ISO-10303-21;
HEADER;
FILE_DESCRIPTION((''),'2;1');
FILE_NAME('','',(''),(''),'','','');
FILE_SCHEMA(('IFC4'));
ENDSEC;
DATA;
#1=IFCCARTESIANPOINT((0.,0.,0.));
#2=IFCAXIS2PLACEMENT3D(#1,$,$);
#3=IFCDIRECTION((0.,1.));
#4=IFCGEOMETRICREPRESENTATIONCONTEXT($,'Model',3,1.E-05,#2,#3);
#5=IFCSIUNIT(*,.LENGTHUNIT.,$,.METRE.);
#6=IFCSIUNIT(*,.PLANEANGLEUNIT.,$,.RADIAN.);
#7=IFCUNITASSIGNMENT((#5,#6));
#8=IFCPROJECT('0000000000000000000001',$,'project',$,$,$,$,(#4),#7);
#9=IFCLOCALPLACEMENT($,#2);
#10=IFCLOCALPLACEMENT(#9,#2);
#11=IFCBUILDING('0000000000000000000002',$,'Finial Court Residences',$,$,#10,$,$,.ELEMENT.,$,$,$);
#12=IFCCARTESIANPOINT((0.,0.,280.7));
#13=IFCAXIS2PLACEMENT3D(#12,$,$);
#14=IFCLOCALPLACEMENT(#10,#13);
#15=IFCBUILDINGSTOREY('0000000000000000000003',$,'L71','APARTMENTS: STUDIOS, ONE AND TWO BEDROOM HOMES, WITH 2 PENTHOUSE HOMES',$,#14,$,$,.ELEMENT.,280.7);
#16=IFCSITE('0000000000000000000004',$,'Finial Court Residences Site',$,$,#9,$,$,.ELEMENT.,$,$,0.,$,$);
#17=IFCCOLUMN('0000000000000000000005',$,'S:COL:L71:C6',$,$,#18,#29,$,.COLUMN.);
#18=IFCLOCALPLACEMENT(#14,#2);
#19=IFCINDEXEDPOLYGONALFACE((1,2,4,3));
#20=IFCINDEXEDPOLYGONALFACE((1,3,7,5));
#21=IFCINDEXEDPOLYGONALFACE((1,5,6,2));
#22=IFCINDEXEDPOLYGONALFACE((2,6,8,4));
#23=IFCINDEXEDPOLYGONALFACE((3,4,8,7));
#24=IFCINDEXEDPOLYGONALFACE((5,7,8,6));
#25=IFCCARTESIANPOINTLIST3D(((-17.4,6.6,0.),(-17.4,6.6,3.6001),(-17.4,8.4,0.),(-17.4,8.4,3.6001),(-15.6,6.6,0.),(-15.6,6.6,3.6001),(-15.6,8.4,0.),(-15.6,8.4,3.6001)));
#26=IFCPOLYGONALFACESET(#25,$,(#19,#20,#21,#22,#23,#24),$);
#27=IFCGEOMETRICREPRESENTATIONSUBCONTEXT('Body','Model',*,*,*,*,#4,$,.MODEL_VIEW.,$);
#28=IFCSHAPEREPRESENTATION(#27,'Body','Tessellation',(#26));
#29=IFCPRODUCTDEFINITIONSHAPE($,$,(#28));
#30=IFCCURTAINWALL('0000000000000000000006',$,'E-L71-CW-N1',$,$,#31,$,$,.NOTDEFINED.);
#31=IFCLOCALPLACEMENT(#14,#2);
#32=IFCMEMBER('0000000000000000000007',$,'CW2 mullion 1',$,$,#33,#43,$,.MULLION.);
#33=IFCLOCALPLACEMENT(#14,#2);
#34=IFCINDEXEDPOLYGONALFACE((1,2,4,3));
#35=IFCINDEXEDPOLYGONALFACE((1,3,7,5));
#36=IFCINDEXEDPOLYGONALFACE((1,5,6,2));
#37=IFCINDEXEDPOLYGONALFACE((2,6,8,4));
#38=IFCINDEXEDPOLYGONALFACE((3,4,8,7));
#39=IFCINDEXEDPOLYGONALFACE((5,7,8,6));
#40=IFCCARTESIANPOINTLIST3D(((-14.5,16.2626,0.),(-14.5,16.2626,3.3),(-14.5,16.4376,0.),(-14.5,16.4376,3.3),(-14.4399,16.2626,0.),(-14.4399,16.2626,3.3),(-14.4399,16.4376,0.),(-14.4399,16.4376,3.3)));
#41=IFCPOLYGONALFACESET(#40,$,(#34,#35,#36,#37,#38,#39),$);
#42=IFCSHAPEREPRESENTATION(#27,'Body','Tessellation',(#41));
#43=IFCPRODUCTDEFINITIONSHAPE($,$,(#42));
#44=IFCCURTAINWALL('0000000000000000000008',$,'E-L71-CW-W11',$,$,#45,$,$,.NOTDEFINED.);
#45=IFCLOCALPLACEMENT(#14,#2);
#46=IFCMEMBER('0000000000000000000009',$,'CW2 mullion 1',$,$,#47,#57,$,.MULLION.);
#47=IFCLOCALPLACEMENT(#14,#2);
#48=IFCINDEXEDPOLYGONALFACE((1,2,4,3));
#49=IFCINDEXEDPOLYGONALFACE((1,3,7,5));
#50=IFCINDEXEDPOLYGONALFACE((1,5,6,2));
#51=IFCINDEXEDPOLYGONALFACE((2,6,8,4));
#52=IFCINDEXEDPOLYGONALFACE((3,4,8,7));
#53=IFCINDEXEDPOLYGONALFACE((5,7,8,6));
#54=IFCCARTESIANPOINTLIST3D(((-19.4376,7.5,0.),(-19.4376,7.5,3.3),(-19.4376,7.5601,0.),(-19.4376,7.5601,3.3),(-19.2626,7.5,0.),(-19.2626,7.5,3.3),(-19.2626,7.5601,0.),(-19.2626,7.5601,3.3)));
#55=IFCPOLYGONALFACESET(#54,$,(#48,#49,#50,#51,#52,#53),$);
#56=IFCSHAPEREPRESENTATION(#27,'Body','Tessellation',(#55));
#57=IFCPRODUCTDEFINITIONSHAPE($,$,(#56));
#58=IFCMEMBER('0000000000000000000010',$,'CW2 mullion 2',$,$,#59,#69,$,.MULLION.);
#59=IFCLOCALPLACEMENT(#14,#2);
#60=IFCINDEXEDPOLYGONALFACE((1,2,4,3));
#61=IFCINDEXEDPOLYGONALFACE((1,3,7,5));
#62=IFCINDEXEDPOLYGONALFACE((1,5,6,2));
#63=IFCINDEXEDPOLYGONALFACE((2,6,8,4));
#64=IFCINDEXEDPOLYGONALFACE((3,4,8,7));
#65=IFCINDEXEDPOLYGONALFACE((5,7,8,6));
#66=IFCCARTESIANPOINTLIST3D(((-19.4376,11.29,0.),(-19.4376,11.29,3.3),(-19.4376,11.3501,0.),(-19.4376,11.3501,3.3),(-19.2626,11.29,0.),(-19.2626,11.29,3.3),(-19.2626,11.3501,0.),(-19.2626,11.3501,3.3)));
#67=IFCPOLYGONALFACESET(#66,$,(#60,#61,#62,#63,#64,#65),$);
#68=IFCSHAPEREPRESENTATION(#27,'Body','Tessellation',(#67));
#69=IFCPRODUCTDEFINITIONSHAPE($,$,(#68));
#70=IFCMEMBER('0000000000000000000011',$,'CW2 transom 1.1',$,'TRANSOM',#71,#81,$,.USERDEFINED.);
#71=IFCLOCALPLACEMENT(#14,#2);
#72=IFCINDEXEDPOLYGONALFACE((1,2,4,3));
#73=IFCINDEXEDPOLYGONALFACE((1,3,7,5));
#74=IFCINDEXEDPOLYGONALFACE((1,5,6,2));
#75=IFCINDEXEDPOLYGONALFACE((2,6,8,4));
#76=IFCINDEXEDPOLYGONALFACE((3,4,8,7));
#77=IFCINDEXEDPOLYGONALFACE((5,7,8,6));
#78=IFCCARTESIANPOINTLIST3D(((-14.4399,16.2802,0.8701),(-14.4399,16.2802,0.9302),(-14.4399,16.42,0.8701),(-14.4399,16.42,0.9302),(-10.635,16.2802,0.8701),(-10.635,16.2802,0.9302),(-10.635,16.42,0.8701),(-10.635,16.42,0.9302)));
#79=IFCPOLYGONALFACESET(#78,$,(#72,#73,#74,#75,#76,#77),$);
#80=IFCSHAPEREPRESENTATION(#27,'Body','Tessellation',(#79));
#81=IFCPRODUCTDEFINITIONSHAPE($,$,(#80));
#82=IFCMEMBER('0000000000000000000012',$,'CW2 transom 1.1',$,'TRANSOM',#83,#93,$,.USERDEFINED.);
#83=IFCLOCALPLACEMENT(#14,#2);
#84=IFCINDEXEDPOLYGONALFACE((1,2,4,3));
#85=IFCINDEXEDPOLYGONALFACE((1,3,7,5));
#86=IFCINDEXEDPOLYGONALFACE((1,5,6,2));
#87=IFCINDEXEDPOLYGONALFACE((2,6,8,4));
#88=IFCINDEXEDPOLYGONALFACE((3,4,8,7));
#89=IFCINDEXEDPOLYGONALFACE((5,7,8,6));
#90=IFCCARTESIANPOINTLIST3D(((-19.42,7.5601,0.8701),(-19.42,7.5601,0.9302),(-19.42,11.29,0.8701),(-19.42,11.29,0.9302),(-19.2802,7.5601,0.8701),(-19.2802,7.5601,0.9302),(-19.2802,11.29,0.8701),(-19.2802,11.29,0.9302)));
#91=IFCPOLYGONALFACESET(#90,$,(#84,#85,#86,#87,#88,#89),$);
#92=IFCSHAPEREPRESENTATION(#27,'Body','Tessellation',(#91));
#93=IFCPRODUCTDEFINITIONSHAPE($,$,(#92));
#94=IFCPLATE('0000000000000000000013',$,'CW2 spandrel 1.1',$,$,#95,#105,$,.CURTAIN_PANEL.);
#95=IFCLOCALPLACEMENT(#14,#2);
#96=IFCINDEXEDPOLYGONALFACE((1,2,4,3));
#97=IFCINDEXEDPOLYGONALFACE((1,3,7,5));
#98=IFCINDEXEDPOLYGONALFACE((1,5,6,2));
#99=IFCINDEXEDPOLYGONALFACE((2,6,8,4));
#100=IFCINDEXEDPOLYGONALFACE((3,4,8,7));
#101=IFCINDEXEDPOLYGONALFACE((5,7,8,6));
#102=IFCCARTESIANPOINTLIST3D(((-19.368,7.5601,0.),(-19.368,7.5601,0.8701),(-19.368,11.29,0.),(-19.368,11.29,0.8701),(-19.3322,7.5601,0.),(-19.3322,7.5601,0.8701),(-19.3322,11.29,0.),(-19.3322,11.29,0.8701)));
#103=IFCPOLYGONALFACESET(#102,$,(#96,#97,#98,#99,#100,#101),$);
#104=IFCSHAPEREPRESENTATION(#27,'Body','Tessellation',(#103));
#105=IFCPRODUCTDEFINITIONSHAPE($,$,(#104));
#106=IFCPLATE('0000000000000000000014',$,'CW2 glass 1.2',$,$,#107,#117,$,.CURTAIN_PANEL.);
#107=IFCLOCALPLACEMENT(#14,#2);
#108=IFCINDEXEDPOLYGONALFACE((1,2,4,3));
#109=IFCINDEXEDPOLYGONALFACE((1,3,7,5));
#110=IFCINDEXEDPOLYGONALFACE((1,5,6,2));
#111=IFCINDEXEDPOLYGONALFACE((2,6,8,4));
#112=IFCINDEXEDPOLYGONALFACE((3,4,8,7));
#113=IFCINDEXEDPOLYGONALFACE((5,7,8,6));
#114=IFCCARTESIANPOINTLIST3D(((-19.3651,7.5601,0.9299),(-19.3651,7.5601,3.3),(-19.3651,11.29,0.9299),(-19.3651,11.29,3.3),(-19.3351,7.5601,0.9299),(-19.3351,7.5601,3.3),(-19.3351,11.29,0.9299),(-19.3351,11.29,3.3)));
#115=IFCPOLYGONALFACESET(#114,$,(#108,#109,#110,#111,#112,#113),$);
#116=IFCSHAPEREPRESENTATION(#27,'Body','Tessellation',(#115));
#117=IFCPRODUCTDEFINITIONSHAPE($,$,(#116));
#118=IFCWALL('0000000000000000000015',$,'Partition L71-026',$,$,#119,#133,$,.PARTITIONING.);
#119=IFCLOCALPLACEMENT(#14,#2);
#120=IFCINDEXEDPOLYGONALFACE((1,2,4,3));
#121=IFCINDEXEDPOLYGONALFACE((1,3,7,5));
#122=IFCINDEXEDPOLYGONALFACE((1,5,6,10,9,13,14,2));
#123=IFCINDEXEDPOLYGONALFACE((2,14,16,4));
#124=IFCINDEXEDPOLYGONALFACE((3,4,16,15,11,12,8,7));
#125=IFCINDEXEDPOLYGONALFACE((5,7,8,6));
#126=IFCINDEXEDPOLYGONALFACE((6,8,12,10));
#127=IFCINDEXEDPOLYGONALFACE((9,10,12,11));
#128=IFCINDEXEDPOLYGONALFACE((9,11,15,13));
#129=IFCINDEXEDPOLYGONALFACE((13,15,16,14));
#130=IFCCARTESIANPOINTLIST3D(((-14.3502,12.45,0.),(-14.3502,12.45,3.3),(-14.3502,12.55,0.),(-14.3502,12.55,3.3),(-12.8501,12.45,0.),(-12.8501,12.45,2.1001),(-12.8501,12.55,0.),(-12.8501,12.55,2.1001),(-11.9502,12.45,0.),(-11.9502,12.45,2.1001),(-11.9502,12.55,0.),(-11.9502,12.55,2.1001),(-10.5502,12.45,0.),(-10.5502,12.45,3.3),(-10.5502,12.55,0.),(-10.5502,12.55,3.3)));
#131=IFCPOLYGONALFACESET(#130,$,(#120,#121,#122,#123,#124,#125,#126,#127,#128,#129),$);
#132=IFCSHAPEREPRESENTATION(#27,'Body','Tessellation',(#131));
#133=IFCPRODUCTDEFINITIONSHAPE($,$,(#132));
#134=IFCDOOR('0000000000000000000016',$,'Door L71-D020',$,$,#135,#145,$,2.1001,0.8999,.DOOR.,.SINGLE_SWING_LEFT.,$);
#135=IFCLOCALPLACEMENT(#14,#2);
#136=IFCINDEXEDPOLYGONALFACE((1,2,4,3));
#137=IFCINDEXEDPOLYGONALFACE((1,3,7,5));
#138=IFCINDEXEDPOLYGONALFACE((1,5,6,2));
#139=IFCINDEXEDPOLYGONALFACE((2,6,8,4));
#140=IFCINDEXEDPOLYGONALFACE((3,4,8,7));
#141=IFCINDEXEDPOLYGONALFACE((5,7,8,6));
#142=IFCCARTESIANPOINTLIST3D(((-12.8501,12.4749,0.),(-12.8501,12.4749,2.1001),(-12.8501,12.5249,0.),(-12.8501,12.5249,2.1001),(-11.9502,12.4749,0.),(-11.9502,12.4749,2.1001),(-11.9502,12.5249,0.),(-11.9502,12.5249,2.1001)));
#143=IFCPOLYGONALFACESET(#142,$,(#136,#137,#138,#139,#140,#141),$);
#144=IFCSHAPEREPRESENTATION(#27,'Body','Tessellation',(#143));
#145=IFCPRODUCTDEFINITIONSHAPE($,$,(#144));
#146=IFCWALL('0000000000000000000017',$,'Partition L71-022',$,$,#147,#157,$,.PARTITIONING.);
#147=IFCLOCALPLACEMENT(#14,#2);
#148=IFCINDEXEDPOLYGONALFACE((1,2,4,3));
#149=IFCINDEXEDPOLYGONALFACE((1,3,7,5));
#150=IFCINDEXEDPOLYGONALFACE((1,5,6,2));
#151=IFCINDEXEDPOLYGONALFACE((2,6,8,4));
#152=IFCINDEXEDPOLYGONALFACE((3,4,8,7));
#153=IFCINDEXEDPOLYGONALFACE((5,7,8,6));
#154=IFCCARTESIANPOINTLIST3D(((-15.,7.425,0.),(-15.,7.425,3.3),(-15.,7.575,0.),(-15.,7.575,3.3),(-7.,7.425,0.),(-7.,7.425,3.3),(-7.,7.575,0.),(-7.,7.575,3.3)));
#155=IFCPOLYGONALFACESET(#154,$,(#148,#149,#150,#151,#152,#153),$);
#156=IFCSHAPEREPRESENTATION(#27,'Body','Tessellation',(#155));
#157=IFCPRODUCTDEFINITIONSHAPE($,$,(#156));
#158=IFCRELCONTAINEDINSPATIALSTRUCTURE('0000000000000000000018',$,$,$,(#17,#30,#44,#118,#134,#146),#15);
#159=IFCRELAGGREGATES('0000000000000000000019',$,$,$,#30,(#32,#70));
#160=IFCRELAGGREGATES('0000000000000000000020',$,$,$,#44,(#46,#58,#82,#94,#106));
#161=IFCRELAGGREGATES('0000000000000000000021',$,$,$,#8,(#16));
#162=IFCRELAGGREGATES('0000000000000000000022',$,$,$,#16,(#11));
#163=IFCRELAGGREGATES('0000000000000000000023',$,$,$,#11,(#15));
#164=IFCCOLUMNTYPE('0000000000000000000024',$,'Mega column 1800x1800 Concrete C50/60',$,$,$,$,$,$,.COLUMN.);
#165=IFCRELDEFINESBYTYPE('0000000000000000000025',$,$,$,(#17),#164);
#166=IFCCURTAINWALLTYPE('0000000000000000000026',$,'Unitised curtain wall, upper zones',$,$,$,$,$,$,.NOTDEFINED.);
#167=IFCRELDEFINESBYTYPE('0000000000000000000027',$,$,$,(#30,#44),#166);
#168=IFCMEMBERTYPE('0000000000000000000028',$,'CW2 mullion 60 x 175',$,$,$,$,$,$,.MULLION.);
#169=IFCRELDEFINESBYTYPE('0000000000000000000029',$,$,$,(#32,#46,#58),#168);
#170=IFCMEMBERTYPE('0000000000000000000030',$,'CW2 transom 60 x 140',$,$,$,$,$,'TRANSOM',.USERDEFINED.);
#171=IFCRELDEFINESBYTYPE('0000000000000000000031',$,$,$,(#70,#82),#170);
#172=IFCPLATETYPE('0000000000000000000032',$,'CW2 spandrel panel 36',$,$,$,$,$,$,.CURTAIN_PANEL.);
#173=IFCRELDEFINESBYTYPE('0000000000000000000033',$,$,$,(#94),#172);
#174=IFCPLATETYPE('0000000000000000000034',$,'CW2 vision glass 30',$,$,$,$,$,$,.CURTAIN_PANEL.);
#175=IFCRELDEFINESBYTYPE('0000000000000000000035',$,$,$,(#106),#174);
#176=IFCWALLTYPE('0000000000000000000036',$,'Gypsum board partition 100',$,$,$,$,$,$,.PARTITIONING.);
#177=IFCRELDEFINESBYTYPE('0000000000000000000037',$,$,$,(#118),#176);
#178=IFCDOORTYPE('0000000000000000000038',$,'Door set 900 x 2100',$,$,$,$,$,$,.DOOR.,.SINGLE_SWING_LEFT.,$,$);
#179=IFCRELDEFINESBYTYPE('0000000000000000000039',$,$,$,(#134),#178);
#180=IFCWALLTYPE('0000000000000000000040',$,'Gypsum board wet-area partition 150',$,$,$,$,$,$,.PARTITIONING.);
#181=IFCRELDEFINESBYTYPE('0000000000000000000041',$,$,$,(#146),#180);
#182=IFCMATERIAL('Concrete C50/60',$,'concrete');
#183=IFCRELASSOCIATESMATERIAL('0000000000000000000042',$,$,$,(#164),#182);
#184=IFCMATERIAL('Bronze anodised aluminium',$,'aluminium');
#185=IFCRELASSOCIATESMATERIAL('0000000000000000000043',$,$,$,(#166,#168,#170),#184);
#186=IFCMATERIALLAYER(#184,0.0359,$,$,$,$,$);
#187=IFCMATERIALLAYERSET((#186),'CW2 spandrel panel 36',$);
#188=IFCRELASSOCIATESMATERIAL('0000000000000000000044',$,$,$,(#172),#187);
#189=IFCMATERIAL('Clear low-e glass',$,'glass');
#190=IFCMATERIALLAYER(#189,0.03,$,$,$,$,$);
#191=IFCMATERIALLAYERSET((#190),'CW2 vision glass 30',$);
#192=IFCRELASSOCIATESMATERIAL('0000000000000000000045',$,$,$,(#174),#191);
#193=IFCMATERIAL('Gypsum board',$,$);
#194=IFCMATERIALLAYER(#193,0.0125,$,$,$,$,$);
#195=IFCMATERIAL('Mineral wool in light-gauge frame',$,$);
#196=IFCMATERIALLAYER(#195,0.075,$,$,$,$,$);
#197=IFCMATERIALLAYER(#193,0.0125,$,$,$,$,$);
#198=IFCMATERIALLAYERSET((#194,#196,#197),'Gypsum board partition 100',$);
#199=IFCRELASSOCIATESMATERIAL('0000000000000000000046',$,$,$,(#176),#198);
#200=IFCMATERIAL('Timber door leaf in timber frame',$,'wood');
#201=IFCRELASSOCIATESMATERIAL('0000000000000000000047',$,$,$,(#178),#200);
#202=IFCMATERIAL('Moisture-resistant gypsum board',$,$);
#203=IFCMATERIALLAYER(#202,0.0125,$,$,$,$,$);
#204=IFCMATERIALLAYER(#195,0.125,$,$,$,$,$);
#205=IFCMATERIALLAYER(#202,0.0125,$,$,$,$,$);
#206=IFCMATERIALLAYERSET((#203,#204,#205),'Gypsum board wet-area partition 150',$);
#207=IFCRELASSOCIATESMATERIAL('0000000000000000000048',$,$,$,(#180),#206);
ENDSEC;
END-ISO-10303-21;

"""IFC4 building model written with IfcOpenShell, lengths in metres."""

from ifc_helpers import new_model, si_unit, direction, frame, frame_2d, origin, origin_2d, place, context, subcontext, project, spatial, rectangle, extrude, material, layer, layer_set, material_profile, profile_set, type_object, element, fill, aggregate, save


model = new_model("IFC4")

# Units and contexts
model_context = context("Model", 3, precision=1e-05, world=origin(), true_north=direction((0.0, 1.0)))
body_context = subcontext(model_context, "Body", "Model", "MODEL_VIEW")
ifc_project = project(units=[si_unit("LENGTHUNIT", "METRE"), si_unit("PLANEANGLEUNIT", "RADIAN")], contexts=[model_context])

# Site, building, storey
site_placement = place(None, origin())
site = spatial("IfcSite", under=ifc_project, at=site_placement, Name="Finial Court Residences Site", CompositionType="ELEMENT", RefElevation=0.0)
building_placement = place(site_placement, origin())
building = spatial("IfcBuilding", under=site, at=building_placement, Name="Finial Court Residences", CompositionType="ELEMENT")
storey_placement = place(building_placement, frame((0.0, 0.0, 280.7)))
storey = spatial("IfcBuildingStorey", under=building, at=storey_placement, Name="L71", Description="APARTMENTS: STUDIOS, ONE AND TWO BEDROOM HOMES, WITH 2 PENTHOUSE HOMES", CompositionType="ELEMENT", Elevation=280.7)

# Column
ifc_material_1 = material(Name="Concrete C50/60", Category="concrete")
ifc_material_profile_1 = material_profile(ifc_material_1, rectangle(XDim=1.8, YDim=1.8, at=origin_2d()), Name="1800x1800")
ifc_profile_set_1 = profile_set([ifc_material_profile_1], Name="Concrete C50/60")
column_type = type_object("IfcColumnType", Name="Mega column 1800x1800 Concrete C50/60", PredefinedType="COLUMN", material=ifc_profile_set_1)
column_placement = place(storey_placement, frame((-16.5, 7.5, 0.0), z_axis=(0.0, 0.0, 1.0), x_axis=(1.0, 0.0, 0.0)))
element("IfcColumn", 1, at=column_placement, inside=storey, type_object=column_type, Name="S:COL:L71:C6", PredefinedType="COLUMN", context=body_context, shape_type="SweptSolid", body=[
    extrude(rectangle(XDim=1.8, YDim=1.8, at=origin_2d()), origin(), (0.0, 0.0, 1.0), 3.6001),
])

# Curtain wall, member
ifc_material_2 = material(Name="Bronze anodised aluminium", Category="aluminium")
curtain_wall_type = type_object("IfcCurtainWallType", Name="Unitised curtain wall, upper zones", PredefinedType="NOTDEFINED", material=ifc_material_2)
curtain_wall_1_placement = place(storey_placement, origin())
curtain_wall_1 = element("IfcCurtainWall", 2, at=curtain_wall_1_placement, inside=storey, type_object=curtain_wall_type, Name="E-L71-CW-N1", PredefinedType="NOTDEFINED")
ifc_material_profile_2 = material_profile(ifc_material_2, rectangle(XDim=0.175, YDim=0.0601, at=origin_2d()), Name="CW2 mullion 60 x 175")
ifc_profile_set_2 = profile_set([ifc_material_profile_2], Name="Bronze anodised aluminium")
member_type_1 = type_object("IfcMemberType", Name="CW2 mullion 60 x 175", PredefinedType="MULLION", material=ifc_profile_set_2)
member_1_placement = place(storey_placement, frame((-14.47, 16.3501, 0.0), z_axis=(0.0, 0.0, 1.0), x_axis=(0.0, 1.0, 0.0)))
member_1 = element("IfcMember", 3, at=member_1_placement, type_object=member_type_1, Name="CW2 mullion 1", PredefinedType="MULLION", context=body_context, shape_type="SweptSolid", body=[
    extrude(rectangle(XDim=0.175, YDim=0.0601, at=origin_2d()), origin(), (0.0, 0.0, 1.0), 3.3),
])

# Curtain wall, members
curtain_wall_2_placement = place(storey_placement, origin())
curtain_wall_2 = element("IfcCurtainWall", 4, at=curtain_wall_2_placement, inside=storey, type_object=curtain_wall_type, Name="E-L71-CW-W11", PredefinedType="NOTDEFINED")
member_2_placement = place(storey_placement, frame((-19.3501, 7.53, 0.0), z_axis=(0.0, 0.0, 1.0), x_axis=(-1.0, 0.0, 0.0)))
member_2 = element("IfcMember", 5, at=member_2_placement, type_object=member_type_1, Name="CW2 mullion 1", PredefinedType="MULLION", context=body_context, shape_type="SweptSolid", body=[
    extrude(rectangle(XDim=0.175, YDim=0.0601, at=origin_2d()), origin(), (0.0, 0.0, 1.0), 3.3),
])
member_3_placement = place(storey_placement, frame((-19.3501, 11.3201, 0.0), z_axis=(0.0, 0.0, 1.0), x_axis=(-1.0, 0.0, 0.0)))
member_3 = element("IfcMember", 6, at=member_3_placement, type_object=member_type_1, Name="CW2 mullion 2", PredefinedType="MULLION", context=body_context, shape_type="SweptSolid", body=[
    extrude(rectangle(XDim=0.175, YDim=0.0601, at=origin_2d()), origin(), (0.0, 0.0, 1.0), 3.3),
])

# Members
ifc_material_profile_3 = material_profile(ifc_material_2, rectangle(XDim=0.1399, YDim=0.0601, at=origin_2d()), Name="CW2 transom 60 x 140")
ifc_profile_set_3 = profile_set([ifc_material_profile_3], Name="Bronze anodised aluminium")
member_type_2 = type_object("IfcMemberType", Name="CW2 transom 60 x 140", ElementType="TRANSOM", PredefinedType="USERDEFINED", material=ifc_profile_set_3)
member_4_placement = place(storey_placement, frame((-14.4399, 16.3501, 0.9001), z_axis=(1.0, 0.0, 0.0), x_axis=(0.0, 1.0, 0.0)))
member_4 = element("IfcMember", 7, at=member_4_placement, type_object=member_type_2, Name="CW2 transom 1.1", ObjectType="TRANSOM", PredefinedType="USERDEFINED", context=body_context, shape_type="SweptSolid", body=[
    extrude(rectangle(XDim=0.1399, YDim=0.0601, at=origin_2d()), origin(), (0.0, 0.0, 1.0), 3.8049),
])
aggregate(curtain_wall_1, [member_1, member_4])
member_5_placement = place(storey_placement, frame((-19.3501, 7.5601, 0.9001), z_axis=(0.0, 1.0, 0.0), x_axis=(-1.0, 0.0, 0.0)))
member_5 = element("IfcMember", 8, at=member_5_placement, type_object=member_type_2, Name="CW2 transom 1.1", ObjectType="TRANSOM", PredefinedType="USERDEFINED", context=body_context, shape_type="SweptSolid", body=[
    extrude(rectangle(XDim=0.1399, YDim=0.0601, at=origin_2d()), origin(), (0.0, 0.0, 1.0), 3.73),
])

# Plates
ifc_layer_1 = layer(ifc_material_2, 0.0359)
ifc_layer_set_1 = layer_set([ifc_layer_1], Name="CW2 spandrel panel 36")
plate_type_1 = type_object("IfcPlateType", Name="CW2 spandrel panel 36", PredefinedType="CURTAIN_PANEL", material=ifc_layer_set_1)
plate_1_placement = place(storey_placement, frame((-19.3501, 9.425, 0.0), z_axis=(0.0, 0.0, 1.0), x_axis=(0.0, 1.0, 0.0)))
plate_1 = element("IfcPlate", 9, at=plate_1_placement, type_object=plate_type_1, Name="CW2 spandrel 1.1", PredefinedType="CURTAIN_PANEL", context=body_context, shape_type="SweptSolid", body=[
    extrude(rectangle(XDim=3.73, YDim=0.0359, at=origin_2d()), origin(), (0.0, 0.0, 1.0), 0.8701),
])
ifc_material_3 = material(Name="Clear low-e glass", Category="glass")
ifc_layer_2 = layer(ifc_material_3, 0.03)
ifc_layer_set_2 = layer_set([ifc_layer_2], Name="CW2 vision glass 30")
plate_type_2 = type_object("IfcPlateType", Name="CW2 vision glass 30", PredefinedType="CURTAIN_PANEL", material=ifc_layer_set_2)
plate_2_placement = place(storey_placement, frame((-19.3501, 9.425, 0.9299), z_axis=(0.0, 0.0, 1.0), x_axis=(0.0, 1.0, 0.0)))
plate_2 = element("IfcPlate", 10, at=plate_2_placement, type_object=plate_type_2, Name="CW2 glass 1.2", PredefinedType="CURTAIN_PANEL", context=body_context, shape_type="SweptSolid", body=[
    extrude(rectangle(XDim=3.73, YDim=0.03, at=origin_2d()), origin(), (0.0, 0.0, 1.0), 2.3701),
])
aggregate(curtain_wall_2, [member_2, member_3, member_5, plate_1, plate_2])

# Wall, opening, door
ifc_material_4 = material(Name="Gypsum board")
ifc_layer_3 = layer(ifc_material_4, 0.0125)
ifc_material_5 = material(Name="Mineral wool in light-gauge frame")
ifc_layer_4 = layer(ifc_material_5, 0.075)
ifc_layer_5 = layer(ifc_material_4, 0.0125)
ifc_layer_set_3 = layer_set([ifc_layer_3, ifc_layer_4, ifc_layer_5], Name="Gypsum board partition 100")
wall_type_1 = type_object("IfcWallType", Name="Gypsum board partition 100", PredefinedType="PARTITIONING", material=ifc_layer_set_3)
wall_1_placement = place(storey_placement, frame((-14.3501, 12.5, 0.0), z_axis=(0.0, 0.0, 1.0), x_axis=(1.0, 0.0, 0.0)))
wall_1 = element("IfcWall", 11, at=wall_1_placement, inside=storey, type_object=wall_type_1, Name="Partition L71-026", PredefinedType="PARTITIONING", context=body_context, shape_type="SweptSolid", body=[
    extrude(rectangle(XDim=3.8, YDim=0.1001, at=frame_2d((1.8999, 0.0))), origin(), (0.0, 0.0, 1.0), 3.3),
])
opening_1_placement = place(wall_1_placement, frame((1.5, 0.0, 0.0)))
opening_1 = element("IfcOpeningElement", 12, at=opening_1_placement, cuts=wall_1, PredefinedType="OPENING", context=body_context, shape_type="SweptSolid", body=[
    extrude(rectangle(XDim=0.8999, YDim=2.1001, at=frame_2d((0.45, 1.05))), frame((0.0, 0.0601, 0.0), z_axis=(0.0, -1.0, 0.0), x_axis=(1.0, 0.0, 0.0)), (0.0, 0.0, 1.0), 0.1201),
])
ifc_material_6 = material(Name="Timber door leaf in timber frame", Category="wood")
door_type = type_object("IfcDoorType", Name="Door set 900 x 2100", OperationType="SINGLE_SWING_LEFT", PredefinedType="DOOR", material=ifc_material_6)
door_1_placement = place(opening_1_placement, origin())
door_1 = element("IfcDoor", 13, at=door_1_placement, inside=storey, type_object=door_type, Name="Door L71-D020", OperationType="SINGLE_SWING_LEFT", OverallHeight=2.1001, OverallWidth=0.8999, PredefinedType="DOOR", context=body_context, shape_type="SweptSolid", body=[
    extrude(rectangle(XDim=0.8999, YDim=2.1001, at=frame_2d((0.45, 1.05))), frame((0.0, 0.0249, 0.0), z_axis=(0.0, -1.0, 0.0), x_axis=(1.0, 0.0, 0.0)), (0.0, 0.0, 1.0), 0.05),
])
fill(opening_1, door_1)

# Wall
ifc_material_7 = material(Name="Moisture-resistant gypsum board")
ifc_layer_6 = layer(ifc_material_7, 0.0125)
ifc_layer_7 = layer(ifc_material_5, 0.125)
ifc_layer_8 = layer(ifc_material_7, 0.0125)
ifc_layer_set_4 = layer_set([ifc_layer_6, ifc_layer_7, ifc_layer_8], Name="Gypsum board wet-area partition 150")
wall_type_2 = type_object("IfcWallType", Name="Gypsum board wet-area partition 150", PredefinedType="PARTITIONING", material=ifc_layer_set_4)
wall_2_placement = place(storey_placement, frame((-15.0, 7.5, 0.0), z_axis=(0.0, 0.0, 1.0), x_axis=(1.0, 0.0, 0.0)))
element("IfcWall", 14, at=wall_2_placement, inside=storey, type_object=wall_type_2, Name="Partition L71-022", PredefinedType="PARTITIONING", context=body_context, shape_type="SweptSolid", body=[
    extrude(rectangle(XDim=8.0, YDim=0.1499, at=frame_2d((4.0, 0.0))), origin(), (0.0, 0.0, 1.0), 3.3),
])

save(model, "model.ifc")
